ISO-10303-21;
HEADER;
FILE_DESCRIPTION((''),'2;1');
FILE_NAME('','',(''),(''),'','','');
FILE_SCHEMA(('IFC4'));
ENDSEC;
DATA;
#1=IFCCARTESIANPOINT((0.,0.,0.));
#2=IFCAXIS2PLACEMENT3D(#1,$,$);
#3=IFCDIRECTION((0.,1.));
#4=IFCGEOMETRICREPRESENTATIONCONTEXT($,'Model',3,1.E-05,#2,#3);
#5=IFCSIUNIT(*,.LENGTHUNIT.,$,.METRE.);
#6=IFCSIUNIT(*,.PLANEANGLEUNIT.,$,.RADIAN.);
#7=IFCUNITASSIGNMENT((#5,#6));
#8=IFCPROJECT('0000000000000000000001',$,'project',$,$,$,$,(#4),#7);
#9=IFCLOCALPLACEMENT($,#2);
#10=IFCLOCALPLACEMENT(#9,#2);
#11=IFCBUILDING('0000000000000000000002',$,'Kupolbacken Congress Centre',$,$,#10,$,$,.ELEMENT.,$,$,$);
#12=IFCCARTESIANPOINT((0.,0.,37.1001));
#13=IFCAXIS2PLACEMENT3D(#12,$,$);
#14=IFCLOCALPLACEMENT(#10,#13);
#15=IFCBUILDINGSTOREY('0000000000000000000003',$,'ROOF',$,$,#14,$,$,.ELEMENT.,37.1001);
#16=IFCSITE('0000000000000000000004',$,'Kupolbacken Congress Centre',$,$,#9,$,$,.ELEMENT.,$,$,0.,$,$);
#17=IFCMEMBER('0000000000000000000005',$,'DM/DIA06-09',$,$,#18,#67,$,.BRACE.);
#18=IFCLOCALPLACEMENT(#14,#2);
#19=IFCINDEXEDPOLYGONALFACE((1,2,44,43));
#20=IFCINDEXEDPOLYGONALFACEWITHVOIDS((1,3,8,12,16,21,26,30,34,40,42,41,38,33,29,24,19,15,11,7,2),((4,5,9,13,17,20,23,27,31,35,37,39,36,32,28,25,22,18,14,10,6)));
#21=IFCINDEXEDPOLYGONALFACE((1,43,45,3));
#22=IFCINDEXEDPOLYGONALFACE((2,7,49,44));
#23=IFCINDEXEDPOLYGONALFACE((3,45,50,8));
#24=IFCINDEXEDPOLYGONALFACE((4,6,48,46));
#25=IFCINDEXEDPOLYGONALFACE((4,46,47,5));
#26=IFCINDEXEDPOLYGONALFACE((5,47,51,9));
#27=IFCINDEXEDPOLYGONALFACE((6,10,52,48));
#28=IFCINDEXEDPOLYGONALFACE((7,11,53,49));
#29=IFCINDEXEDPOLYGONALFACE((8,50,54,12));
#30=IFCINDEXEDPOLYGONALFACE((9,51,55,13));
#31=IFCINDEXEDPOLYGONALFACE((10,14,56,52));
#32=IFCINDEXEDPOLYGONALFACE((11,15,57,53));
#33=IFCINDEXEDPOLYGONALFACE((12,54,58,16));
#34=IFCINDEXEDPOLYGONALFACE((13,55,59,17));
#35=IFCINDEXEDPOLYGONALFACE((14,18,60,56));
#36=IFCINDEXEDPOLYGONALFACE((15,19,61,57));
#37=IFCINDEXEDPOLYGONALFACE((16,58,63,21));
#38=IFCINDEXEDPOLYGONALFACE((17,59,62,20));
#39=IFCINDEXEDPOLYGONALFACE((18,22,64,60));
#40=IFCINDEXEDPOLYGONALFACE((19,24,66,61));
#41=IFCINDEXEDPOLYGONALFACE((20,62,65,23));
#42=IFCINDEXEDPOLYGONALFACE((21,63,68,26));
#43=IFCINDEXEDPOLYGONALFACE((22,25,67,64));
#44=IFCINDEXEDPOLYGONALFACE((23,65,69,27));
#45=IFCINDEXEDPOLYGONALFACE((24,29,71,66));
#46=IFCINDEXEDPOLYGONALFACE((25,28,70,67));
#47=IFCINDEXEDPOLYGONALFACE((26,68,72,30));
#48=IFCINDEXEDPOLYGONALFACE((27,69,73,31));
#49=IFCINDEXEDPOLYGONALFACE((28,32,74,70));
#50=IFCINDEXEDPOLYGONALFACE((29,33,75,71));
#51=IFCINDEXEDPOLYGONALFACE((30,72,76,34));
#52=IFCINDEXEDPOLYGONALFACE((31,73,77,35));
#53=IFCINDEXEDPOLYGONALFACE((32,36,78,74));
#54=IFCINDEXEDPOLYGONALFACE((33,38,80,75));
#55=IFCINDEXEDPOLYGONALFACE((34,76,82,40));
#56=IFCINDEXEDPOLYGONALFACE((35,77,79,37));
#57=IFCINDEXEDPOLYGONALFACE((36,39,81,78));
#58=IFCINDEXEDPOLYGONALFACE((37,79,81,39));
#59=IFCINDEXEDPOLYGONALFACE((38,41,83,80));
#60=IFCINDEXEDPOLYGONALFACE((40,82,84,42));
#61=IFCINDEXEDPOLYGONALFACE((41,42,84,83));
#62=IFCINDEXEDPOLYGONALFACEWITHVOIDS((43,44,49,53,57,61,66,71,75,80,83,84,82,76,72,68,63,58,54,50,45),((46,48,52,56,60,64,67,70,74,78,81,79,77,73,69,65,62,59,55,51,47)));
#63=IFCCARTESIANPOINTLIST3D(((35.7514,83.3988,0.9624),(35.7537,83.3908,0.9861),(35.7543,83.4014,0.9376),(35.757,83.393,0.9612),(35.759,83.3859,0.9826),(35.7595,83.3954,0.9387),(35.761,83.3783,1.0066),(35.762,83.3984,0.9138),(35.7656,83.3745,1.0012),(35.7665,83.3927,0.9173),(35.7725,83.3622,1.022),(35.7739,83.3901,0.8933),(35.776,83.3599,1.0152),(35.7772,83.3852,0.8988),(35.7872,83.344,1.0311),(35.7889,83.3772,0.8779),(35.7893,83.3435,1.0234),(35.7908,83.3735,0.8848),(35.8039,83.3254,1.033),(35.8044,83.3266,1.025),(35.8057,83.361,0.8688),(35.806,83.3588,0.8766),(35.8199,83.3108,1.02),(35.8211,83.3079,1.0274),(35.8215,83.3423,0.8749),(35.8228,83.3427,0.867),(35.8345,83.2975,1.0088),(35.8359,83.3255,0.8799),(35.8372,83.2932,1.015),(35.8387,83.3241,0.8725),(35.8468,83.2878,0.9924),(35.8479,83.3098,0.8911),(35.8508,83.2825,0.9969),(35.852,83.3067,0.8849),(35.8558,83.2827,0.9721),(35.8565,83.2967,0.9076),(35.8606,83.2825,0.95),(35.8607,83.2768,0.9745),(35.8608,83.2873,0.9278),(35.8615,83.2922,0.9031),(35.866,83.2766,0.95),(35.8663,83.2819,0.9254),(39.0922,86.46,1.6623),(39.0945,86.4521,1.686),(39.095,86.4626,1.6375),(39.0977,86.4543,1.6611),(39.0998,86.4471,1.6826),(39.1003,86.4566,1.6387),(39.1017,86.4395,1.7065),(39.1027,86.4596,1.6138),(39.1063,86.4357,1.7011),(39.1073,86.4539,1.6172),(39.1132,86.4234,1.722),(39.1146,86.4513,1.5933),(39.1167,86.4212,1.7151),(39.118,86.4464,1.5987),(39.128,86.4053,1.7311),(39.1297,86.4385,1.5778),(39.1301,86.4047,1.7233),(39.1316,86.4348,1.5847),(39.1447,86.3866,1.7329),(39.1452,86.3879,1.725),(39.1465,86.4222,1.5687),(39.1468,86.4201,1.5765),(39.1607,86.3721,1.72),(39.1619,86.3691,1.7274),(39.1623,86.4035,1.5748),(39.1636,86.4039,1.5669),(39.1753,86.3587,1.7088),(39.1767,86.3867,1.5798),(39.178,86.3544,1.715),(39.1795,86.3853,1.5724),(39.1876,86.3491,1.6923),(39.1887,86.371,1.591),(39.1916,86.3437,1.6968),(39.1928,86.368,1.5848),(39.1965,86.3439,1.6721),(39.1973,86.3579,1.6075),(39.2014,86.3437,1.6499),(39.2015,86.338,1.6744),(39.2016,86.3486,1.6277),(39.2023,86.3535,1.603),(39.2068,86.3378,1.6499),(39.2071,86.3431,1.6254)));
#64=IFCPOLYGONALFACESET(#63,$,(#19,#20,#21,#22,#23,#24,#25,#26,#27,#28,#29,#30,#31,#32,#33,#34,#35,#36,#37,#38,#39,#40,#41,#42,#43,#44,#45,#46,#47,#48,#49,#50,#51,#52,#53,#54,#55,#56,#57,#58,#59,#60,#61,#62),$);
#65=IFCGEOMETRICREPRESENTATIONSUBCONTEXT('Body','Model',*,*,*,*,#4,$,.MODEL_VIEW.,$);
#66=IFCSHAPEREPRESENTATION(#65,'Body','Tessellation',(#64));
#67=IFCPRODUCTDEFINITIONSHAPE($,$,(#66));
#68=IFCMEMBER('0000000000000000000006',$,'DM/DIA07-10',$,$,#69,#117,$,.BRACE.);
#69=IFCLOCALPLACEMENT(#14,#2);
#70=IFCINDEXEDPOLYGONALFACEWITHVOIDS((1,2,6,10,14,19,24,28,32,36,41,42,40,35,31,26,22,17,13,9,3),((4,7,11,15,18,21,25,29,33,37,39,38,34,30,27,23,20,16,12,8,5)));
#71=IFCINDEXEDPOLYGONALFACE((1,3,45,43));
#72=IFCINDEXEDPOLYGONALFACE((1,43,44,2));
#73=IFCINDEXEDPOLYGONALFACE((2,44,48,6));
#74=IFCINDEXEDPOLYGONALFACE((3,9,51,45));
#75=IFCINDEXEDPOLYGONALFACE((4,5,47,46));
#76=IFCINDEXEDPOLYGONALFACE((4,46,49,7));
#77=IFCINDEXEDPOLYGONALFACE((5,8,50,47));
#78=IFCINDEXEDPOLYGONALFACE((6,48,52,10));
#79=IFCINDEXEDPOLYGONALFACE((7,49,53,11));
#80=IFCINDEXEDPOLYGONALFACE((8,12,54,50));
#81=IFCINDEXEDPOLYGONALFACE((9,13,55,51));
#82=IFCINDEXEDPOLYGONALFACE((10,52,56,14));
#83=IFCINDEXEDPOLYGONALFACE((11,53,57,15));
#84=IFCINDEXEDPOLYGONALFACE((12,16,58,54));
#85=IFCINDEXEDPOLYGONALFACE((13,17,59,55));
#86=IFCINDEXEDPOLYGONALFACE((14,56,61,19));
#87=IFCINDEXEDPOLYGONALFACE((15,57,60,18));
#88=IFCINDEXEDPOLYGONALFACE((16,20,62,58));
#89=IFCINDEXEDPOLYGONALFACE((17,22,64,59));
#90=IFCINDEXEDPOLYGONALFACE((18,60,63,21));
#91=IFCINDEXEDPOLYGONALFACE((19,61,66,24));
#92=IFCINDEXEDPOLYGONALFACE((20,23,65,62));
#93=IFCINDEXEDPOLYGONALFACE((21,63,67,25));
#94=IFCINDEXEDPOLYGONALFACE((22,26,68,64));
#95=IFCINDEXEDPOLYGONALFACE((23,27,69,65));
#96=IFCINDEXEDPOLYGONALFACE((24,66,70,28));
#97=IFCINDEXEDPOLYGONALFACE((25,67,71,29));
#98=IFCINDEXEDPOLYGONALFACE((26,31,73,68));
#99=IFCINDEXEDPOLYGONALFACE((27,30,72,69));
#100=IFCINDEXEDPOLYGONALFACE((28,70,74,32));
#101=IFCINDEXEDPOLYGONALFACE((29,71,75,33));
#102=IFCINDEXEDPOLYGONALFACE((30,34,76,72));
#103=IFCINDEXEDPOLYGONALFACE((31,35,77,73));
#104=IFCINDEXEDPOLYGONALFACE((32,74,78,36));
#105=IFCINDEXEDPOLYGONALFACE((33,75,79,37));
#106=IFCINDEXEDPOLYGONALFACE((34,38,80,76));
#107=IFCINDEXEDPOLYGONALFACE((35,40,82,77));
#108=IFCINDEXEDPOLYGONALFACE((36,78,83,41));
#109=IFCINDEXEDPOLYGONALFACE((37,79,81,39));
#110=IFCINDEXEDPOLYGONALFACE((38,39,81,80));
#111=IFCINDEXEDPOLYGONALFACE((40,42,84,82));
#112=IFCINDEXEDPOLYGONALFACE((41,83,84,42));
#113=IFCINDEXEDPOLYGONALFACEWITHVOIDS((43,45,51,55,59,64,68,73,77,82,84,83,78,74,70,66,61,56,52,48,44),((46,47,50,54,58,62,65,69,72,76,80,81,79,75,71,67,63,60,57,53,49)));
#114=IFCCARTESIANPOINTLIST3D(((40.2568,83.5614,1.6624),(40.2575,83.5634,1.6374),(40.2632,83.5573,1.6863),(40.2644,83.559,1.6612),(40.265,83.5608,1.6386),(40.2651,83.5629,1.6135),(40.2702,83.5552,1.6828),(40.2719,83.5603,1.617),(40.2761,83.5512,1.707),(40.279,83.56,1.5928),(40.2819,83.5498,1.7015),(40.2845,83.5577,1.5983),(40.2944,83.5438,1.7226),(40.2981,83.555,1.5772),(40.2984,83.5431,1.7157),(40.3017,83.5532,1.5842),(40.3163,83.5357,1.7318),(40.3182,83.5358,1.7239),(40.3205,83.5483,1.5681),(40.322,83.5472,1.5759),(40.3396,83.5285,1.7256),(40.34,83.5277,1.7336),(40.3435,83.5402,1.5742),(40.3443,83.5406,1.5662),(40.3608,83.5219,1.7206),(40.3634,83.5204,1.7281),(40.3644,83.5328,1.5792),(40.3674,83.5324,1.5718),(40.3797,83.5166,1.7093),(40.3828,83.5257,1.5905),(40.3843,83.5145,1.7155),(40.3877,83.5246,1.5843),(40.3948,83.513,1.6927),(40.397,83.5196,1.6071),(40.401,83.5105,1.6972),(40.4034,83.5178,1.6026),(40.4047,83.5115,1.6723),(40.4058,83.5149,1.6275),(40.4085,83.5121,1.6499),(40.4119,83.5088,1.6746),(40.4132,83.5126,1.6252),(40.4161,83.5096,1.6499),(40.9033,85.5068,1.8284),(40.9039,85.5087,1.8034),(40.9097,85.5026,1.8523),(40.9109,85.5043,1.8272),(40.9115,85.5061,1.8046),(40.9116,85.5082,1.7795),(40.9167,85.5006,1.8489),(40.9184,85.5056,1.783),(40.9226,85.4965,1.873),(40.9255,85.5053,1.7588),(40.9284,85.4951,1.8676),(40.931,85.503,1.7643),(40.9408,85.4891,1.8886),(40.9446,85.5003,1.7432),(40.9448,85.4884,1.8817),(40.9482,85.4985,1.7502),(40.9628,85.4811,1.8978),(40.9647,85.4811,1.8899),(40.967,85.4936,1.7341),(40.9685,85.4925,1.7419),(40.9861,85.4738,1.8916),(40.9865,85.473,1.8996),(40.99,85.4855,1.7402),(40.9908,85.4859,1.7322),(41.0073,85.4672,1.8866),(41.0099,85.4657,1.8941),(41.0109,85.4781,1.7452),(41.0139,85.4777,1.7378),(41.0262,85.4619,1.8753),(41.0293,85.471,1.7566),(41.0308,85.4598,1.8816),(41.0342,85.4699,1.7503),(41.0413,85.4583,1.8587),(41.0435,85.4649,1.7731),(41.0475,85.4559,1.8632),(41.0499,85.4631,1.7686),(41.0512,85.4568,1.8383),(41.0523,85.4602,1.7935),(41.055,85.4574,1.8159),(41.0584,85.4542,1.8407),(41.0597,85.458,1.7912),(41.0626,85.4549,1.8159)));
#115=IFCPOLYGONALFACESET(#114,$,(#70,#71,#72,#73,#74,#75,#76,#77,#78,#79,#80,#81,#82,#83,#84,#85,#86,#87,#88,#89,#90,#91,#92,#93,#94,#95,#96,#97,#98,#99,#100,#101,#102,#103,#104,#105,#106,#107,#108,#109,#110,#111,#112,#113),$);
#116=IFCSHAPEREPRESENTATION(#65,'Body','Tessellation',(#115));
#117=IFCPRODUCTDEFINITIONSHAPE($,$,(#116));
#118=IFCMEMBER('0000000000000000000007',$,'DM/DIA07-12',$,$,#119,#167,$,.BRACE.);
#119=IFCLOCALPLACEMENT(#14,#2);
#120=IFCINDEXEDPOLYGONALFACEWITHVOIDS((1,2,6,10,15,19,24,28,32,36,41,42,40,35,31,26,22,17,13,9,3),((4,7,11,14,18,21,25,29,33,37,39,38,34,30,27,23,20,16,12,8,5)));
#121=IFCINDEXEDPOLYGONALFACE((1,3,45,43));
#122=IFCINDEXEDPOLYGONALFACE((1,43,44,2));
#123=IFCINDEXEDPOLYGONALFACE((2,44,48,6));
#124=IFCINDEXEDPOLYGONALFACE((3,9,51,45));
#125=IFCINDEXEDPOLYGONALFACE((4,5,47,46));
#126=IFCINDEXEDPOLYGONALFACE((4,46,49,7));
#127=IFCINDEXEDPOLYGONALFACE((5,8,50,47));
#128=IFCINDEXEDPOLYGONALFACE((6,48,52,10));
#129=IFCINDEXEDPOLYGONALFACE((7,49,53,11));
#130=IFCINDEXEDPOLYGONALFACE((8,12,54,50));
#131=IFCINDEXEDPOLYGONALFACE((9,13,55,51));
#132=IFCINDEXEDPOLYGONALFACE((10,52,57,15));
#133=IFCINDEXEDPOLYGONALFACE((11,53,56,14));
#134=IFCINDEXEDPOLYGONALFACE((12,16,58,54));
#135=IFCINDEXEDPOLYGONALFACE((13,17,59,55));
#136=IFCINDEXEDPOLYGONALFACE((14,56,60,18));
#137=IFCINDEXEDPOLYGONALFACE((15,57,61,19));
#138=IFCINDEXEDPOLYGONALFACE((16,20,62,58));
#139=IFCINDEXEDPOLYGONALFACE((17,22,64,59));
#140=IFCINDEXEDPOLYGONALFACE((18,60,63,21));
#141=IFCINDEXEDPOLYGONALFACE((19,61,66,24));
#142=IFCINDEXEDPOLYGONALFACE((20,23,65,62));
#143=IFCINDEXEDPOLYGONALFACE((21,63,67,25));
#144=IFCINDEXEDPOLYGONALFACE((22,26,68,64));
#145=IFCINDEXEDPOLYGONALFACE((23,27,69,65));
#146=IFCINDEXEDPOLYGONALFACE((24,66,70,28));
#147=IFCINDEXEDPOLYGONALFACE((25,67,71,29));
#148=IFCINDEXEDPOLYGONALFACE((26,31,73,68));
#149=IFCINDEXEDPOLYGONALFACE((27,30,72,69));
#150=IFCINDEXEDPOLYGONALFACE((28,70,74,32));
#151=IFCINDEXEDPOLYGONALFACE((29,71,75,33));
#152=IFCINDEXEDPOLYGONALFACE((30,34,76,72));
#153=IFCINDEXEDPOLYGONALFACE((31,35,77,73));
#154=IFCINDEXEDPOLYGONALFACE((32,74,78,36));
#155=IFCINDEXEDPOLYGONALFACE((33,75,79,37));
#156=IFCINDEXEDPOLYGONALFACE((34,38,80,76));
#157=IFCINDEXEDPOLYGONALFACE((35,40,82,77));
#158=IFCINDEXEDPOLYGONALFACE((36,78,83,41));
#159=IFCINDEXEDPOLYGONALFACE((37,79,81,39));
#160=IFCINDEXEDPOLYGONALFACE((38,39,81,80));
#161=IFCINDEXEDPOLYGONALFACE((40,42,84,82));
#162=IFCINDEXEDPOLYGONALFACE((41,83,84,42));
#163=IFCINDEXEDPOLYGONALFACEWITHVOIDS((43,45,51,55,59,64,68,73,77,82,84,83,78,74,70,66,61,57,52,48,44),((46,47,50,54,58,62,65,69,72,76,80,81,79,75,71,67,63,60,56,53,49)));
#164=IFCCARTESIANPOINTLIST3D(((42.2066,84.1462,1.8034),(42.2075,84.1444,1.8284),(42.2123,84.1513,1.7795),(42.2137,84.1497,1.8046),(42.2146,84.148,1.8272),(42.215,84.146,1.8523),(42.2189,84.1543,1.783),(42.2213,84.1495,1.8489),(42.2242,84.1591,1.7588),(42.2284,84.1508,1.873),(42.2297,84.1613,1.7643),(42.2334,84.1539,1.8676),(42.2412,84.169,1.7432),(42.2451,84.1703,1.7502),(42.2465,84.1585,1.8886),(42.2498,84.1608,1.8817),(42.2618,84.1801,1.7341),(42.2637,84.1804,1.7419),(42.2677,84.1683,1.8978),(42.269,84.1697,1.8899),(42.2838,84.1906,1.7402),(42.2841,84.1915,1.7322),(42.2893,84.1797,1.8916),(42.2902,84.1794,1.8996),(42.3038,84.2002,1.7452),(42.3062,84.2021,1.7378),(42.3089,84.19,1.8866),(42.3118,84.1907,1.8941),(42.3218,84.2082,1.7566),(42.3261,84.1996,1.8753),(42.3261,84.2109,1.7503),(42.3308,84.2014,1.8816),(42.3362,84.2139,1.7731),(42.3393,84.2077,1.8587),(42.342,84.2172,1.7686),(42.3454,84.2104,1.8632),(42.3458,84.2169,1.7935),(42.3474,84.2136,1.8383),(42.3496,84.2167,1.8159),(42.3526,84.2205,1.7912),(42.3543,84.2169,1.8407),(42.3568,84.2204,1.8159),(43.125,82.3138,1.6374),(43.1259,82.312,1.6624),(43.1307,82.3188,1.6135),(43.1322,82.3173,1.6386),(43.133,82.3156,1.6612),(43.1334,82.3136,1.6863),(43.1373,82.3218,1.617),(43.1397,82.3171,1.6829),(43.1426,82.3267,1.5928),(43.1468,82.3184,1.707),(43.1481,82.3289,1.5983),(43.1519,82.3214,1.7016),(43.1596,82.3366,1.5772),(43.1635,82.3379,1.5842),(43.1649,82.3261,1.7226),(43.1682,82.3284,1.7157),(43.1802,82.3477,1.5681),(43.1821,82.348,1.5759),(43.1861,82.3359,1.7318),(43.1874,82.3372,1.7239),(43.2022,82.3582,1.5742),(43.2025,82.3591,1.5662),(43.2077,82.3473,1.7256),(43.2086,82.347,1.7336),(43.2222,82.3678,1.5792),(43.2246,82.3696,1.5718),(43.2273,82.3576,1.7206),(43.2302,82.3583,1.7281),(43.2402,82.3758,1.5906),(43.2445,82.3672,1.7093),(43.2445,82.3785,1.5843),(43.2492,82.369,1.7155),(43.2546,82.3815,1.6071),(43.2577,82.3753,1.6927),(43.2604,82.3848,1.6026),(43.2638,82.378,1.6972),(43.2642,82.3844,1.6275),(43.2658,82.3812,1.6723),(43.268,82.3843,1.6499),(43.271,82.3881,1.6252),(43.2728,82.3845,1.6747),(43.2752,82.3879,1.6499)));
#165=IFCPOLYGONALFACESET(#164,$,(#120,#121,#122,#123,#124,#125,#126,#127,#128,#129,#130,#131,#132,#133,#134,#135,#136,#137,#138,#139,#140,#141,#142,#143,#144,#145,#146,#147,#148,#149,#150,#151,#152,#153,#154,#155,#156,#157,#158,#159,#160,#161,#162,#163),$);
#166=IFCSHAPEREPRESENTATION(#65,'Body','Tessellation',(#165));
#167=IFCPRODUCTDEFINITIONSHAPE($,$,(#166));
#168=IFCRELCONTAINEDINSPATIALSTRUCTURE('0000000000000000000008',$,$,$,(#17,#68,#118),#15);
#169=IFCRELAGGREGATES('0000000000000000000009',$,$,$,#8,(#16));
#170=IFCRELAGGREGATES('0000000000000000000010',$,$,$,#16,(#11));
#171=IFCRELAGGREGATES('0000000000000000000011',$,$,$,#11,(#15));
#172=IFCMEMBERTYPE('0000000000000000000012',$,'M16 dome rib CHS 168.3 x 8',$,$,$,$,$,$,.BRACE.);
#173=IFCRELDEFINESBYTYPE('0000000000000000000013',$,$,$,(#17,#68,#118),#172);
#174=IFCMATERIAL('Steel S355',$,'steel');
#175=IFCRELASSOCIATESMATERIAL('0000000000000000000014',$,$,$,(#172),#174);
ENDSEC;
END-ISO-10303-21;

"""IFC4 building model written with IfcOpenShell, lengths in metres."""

from ifc_helpers import new_model, si_unit, direction, frame, origin, origin_2d, place, context, subcontext, project, spatial, hollow_circle, extrude, material, material_profile, profile_set, type_object, element, save


model = new_model("IFC4")

# Units and contexts
model_context = context("Model", 3, precision=1e-05, world=origin(), true_north=direction((0.0, 1.0)))
body_context = subcontext(model_context, "Body", "Model", "MODEL_VIEW")
ifc_project = project(units=[si_unit("LENGTHUNIT", "METRE"), si_unit("PLANEANGLEUNIT", "RADIAN")], contexts=[model_context])

# Site, building, storey
site_placement = place(None, origin())
site = spatial("IfcSite", under=ifc_project, at=site_placement, Name="Kupolbacken Congress Centre", CompositionType="ELEMENT", RefElevation=0.0)
building_placement = place(site_placement, origin())
building = spatial("IfcBuilding", under=site, at=building_placement, Name="Kupolbacken Congress Centre", CompositionType="ELEMENT")
storey_placement = place(building_placement, frame((0.0, 0.0, 37.1001)))
storey = spatial("IfcBuildingStorey", under=building, at=storey_placement, Name="ROOF", CompositionType="ELEMENT", Elevation=37.1001)

# Members
ifc_material_1 = material(Name="Steel S355", Category="steel")
ifc_material_profile_1 = material_profile(ifc_material_1, hollow_circle(Radius=0.0842, WallThickness=0.0081, at=origin_2d()), Name="CHS 168.3 x 8")
ifc_profile_set_1 = profile_set([ifc_material_profile_1], Name="Steel S355")
member_type_1 = type_object("IfcMemberType", Name="M16 dome rib CHS 168.3 x 8", PredefinedType="BRACE", material=ifc_profile_set_1)
member_1_placement = place(storey_placement, frame((39.1499, 86.3999, 1.6499), z_axis=(-0.728638, -0.667669, -0.15266), x_axis=(0.675588, -0.737279, 0.0)))
element("IfcMember", 1, at=member_1_placement, inside=storey, type_object=member_type_1, Name="DM/DIA06-09", PredefinedType="BRACE", context=body_context, shape_type="SweptSolid", body=[
    extrude(hollow_circle(Radius=0.0842, WallThickness=0.0081, at=origin_2d()), origin(), (0.0, 0.0, 1.0), 4.585),
])
member_2_placement = place(storey_placement, frame((40.9827, 85.4814, 1.8159), z_axis=(-0.314341, -0.945872, -0.080722), x_axis=(0.948969, -0.31537, 0.0)))
element("IfcMember", 2, at=member_2_placement, inside=storey, type_object=member_type_1, Name="DM/DIA07-10", PredefinedType="BRACE", context=body_context, shape_type="SweptSolid", body=[
    extrude(hollow_circle(Radius=0.0842, WallThickness=0.0081, at=origin_2d()), origin(), (0.0, 0.0, 1.0), 2.0566),
])
member_3_placement = place(storey_placement, frame((42.2815, 84.1826, 1.8159), z_axis=(0.446609, -0.89108, -0.080727), x_axis=(0.893998, 0.448071, 0.0)))
element("IfcMember", 3, at=member_3_placement, inside=storey, type_object=member_type_1, Name="DM/DIA07-12", PredefinedType="BRACE", context=body_context, shape_type="SweptSolid", body=[
    extrude(hollow_circle(Radius=0.0842, WallThickness=0.0081, at=origin_2d()), origin(), (0.0, 0.0, 1.0), 2.0564),
])

save(model, "model.ifc")
